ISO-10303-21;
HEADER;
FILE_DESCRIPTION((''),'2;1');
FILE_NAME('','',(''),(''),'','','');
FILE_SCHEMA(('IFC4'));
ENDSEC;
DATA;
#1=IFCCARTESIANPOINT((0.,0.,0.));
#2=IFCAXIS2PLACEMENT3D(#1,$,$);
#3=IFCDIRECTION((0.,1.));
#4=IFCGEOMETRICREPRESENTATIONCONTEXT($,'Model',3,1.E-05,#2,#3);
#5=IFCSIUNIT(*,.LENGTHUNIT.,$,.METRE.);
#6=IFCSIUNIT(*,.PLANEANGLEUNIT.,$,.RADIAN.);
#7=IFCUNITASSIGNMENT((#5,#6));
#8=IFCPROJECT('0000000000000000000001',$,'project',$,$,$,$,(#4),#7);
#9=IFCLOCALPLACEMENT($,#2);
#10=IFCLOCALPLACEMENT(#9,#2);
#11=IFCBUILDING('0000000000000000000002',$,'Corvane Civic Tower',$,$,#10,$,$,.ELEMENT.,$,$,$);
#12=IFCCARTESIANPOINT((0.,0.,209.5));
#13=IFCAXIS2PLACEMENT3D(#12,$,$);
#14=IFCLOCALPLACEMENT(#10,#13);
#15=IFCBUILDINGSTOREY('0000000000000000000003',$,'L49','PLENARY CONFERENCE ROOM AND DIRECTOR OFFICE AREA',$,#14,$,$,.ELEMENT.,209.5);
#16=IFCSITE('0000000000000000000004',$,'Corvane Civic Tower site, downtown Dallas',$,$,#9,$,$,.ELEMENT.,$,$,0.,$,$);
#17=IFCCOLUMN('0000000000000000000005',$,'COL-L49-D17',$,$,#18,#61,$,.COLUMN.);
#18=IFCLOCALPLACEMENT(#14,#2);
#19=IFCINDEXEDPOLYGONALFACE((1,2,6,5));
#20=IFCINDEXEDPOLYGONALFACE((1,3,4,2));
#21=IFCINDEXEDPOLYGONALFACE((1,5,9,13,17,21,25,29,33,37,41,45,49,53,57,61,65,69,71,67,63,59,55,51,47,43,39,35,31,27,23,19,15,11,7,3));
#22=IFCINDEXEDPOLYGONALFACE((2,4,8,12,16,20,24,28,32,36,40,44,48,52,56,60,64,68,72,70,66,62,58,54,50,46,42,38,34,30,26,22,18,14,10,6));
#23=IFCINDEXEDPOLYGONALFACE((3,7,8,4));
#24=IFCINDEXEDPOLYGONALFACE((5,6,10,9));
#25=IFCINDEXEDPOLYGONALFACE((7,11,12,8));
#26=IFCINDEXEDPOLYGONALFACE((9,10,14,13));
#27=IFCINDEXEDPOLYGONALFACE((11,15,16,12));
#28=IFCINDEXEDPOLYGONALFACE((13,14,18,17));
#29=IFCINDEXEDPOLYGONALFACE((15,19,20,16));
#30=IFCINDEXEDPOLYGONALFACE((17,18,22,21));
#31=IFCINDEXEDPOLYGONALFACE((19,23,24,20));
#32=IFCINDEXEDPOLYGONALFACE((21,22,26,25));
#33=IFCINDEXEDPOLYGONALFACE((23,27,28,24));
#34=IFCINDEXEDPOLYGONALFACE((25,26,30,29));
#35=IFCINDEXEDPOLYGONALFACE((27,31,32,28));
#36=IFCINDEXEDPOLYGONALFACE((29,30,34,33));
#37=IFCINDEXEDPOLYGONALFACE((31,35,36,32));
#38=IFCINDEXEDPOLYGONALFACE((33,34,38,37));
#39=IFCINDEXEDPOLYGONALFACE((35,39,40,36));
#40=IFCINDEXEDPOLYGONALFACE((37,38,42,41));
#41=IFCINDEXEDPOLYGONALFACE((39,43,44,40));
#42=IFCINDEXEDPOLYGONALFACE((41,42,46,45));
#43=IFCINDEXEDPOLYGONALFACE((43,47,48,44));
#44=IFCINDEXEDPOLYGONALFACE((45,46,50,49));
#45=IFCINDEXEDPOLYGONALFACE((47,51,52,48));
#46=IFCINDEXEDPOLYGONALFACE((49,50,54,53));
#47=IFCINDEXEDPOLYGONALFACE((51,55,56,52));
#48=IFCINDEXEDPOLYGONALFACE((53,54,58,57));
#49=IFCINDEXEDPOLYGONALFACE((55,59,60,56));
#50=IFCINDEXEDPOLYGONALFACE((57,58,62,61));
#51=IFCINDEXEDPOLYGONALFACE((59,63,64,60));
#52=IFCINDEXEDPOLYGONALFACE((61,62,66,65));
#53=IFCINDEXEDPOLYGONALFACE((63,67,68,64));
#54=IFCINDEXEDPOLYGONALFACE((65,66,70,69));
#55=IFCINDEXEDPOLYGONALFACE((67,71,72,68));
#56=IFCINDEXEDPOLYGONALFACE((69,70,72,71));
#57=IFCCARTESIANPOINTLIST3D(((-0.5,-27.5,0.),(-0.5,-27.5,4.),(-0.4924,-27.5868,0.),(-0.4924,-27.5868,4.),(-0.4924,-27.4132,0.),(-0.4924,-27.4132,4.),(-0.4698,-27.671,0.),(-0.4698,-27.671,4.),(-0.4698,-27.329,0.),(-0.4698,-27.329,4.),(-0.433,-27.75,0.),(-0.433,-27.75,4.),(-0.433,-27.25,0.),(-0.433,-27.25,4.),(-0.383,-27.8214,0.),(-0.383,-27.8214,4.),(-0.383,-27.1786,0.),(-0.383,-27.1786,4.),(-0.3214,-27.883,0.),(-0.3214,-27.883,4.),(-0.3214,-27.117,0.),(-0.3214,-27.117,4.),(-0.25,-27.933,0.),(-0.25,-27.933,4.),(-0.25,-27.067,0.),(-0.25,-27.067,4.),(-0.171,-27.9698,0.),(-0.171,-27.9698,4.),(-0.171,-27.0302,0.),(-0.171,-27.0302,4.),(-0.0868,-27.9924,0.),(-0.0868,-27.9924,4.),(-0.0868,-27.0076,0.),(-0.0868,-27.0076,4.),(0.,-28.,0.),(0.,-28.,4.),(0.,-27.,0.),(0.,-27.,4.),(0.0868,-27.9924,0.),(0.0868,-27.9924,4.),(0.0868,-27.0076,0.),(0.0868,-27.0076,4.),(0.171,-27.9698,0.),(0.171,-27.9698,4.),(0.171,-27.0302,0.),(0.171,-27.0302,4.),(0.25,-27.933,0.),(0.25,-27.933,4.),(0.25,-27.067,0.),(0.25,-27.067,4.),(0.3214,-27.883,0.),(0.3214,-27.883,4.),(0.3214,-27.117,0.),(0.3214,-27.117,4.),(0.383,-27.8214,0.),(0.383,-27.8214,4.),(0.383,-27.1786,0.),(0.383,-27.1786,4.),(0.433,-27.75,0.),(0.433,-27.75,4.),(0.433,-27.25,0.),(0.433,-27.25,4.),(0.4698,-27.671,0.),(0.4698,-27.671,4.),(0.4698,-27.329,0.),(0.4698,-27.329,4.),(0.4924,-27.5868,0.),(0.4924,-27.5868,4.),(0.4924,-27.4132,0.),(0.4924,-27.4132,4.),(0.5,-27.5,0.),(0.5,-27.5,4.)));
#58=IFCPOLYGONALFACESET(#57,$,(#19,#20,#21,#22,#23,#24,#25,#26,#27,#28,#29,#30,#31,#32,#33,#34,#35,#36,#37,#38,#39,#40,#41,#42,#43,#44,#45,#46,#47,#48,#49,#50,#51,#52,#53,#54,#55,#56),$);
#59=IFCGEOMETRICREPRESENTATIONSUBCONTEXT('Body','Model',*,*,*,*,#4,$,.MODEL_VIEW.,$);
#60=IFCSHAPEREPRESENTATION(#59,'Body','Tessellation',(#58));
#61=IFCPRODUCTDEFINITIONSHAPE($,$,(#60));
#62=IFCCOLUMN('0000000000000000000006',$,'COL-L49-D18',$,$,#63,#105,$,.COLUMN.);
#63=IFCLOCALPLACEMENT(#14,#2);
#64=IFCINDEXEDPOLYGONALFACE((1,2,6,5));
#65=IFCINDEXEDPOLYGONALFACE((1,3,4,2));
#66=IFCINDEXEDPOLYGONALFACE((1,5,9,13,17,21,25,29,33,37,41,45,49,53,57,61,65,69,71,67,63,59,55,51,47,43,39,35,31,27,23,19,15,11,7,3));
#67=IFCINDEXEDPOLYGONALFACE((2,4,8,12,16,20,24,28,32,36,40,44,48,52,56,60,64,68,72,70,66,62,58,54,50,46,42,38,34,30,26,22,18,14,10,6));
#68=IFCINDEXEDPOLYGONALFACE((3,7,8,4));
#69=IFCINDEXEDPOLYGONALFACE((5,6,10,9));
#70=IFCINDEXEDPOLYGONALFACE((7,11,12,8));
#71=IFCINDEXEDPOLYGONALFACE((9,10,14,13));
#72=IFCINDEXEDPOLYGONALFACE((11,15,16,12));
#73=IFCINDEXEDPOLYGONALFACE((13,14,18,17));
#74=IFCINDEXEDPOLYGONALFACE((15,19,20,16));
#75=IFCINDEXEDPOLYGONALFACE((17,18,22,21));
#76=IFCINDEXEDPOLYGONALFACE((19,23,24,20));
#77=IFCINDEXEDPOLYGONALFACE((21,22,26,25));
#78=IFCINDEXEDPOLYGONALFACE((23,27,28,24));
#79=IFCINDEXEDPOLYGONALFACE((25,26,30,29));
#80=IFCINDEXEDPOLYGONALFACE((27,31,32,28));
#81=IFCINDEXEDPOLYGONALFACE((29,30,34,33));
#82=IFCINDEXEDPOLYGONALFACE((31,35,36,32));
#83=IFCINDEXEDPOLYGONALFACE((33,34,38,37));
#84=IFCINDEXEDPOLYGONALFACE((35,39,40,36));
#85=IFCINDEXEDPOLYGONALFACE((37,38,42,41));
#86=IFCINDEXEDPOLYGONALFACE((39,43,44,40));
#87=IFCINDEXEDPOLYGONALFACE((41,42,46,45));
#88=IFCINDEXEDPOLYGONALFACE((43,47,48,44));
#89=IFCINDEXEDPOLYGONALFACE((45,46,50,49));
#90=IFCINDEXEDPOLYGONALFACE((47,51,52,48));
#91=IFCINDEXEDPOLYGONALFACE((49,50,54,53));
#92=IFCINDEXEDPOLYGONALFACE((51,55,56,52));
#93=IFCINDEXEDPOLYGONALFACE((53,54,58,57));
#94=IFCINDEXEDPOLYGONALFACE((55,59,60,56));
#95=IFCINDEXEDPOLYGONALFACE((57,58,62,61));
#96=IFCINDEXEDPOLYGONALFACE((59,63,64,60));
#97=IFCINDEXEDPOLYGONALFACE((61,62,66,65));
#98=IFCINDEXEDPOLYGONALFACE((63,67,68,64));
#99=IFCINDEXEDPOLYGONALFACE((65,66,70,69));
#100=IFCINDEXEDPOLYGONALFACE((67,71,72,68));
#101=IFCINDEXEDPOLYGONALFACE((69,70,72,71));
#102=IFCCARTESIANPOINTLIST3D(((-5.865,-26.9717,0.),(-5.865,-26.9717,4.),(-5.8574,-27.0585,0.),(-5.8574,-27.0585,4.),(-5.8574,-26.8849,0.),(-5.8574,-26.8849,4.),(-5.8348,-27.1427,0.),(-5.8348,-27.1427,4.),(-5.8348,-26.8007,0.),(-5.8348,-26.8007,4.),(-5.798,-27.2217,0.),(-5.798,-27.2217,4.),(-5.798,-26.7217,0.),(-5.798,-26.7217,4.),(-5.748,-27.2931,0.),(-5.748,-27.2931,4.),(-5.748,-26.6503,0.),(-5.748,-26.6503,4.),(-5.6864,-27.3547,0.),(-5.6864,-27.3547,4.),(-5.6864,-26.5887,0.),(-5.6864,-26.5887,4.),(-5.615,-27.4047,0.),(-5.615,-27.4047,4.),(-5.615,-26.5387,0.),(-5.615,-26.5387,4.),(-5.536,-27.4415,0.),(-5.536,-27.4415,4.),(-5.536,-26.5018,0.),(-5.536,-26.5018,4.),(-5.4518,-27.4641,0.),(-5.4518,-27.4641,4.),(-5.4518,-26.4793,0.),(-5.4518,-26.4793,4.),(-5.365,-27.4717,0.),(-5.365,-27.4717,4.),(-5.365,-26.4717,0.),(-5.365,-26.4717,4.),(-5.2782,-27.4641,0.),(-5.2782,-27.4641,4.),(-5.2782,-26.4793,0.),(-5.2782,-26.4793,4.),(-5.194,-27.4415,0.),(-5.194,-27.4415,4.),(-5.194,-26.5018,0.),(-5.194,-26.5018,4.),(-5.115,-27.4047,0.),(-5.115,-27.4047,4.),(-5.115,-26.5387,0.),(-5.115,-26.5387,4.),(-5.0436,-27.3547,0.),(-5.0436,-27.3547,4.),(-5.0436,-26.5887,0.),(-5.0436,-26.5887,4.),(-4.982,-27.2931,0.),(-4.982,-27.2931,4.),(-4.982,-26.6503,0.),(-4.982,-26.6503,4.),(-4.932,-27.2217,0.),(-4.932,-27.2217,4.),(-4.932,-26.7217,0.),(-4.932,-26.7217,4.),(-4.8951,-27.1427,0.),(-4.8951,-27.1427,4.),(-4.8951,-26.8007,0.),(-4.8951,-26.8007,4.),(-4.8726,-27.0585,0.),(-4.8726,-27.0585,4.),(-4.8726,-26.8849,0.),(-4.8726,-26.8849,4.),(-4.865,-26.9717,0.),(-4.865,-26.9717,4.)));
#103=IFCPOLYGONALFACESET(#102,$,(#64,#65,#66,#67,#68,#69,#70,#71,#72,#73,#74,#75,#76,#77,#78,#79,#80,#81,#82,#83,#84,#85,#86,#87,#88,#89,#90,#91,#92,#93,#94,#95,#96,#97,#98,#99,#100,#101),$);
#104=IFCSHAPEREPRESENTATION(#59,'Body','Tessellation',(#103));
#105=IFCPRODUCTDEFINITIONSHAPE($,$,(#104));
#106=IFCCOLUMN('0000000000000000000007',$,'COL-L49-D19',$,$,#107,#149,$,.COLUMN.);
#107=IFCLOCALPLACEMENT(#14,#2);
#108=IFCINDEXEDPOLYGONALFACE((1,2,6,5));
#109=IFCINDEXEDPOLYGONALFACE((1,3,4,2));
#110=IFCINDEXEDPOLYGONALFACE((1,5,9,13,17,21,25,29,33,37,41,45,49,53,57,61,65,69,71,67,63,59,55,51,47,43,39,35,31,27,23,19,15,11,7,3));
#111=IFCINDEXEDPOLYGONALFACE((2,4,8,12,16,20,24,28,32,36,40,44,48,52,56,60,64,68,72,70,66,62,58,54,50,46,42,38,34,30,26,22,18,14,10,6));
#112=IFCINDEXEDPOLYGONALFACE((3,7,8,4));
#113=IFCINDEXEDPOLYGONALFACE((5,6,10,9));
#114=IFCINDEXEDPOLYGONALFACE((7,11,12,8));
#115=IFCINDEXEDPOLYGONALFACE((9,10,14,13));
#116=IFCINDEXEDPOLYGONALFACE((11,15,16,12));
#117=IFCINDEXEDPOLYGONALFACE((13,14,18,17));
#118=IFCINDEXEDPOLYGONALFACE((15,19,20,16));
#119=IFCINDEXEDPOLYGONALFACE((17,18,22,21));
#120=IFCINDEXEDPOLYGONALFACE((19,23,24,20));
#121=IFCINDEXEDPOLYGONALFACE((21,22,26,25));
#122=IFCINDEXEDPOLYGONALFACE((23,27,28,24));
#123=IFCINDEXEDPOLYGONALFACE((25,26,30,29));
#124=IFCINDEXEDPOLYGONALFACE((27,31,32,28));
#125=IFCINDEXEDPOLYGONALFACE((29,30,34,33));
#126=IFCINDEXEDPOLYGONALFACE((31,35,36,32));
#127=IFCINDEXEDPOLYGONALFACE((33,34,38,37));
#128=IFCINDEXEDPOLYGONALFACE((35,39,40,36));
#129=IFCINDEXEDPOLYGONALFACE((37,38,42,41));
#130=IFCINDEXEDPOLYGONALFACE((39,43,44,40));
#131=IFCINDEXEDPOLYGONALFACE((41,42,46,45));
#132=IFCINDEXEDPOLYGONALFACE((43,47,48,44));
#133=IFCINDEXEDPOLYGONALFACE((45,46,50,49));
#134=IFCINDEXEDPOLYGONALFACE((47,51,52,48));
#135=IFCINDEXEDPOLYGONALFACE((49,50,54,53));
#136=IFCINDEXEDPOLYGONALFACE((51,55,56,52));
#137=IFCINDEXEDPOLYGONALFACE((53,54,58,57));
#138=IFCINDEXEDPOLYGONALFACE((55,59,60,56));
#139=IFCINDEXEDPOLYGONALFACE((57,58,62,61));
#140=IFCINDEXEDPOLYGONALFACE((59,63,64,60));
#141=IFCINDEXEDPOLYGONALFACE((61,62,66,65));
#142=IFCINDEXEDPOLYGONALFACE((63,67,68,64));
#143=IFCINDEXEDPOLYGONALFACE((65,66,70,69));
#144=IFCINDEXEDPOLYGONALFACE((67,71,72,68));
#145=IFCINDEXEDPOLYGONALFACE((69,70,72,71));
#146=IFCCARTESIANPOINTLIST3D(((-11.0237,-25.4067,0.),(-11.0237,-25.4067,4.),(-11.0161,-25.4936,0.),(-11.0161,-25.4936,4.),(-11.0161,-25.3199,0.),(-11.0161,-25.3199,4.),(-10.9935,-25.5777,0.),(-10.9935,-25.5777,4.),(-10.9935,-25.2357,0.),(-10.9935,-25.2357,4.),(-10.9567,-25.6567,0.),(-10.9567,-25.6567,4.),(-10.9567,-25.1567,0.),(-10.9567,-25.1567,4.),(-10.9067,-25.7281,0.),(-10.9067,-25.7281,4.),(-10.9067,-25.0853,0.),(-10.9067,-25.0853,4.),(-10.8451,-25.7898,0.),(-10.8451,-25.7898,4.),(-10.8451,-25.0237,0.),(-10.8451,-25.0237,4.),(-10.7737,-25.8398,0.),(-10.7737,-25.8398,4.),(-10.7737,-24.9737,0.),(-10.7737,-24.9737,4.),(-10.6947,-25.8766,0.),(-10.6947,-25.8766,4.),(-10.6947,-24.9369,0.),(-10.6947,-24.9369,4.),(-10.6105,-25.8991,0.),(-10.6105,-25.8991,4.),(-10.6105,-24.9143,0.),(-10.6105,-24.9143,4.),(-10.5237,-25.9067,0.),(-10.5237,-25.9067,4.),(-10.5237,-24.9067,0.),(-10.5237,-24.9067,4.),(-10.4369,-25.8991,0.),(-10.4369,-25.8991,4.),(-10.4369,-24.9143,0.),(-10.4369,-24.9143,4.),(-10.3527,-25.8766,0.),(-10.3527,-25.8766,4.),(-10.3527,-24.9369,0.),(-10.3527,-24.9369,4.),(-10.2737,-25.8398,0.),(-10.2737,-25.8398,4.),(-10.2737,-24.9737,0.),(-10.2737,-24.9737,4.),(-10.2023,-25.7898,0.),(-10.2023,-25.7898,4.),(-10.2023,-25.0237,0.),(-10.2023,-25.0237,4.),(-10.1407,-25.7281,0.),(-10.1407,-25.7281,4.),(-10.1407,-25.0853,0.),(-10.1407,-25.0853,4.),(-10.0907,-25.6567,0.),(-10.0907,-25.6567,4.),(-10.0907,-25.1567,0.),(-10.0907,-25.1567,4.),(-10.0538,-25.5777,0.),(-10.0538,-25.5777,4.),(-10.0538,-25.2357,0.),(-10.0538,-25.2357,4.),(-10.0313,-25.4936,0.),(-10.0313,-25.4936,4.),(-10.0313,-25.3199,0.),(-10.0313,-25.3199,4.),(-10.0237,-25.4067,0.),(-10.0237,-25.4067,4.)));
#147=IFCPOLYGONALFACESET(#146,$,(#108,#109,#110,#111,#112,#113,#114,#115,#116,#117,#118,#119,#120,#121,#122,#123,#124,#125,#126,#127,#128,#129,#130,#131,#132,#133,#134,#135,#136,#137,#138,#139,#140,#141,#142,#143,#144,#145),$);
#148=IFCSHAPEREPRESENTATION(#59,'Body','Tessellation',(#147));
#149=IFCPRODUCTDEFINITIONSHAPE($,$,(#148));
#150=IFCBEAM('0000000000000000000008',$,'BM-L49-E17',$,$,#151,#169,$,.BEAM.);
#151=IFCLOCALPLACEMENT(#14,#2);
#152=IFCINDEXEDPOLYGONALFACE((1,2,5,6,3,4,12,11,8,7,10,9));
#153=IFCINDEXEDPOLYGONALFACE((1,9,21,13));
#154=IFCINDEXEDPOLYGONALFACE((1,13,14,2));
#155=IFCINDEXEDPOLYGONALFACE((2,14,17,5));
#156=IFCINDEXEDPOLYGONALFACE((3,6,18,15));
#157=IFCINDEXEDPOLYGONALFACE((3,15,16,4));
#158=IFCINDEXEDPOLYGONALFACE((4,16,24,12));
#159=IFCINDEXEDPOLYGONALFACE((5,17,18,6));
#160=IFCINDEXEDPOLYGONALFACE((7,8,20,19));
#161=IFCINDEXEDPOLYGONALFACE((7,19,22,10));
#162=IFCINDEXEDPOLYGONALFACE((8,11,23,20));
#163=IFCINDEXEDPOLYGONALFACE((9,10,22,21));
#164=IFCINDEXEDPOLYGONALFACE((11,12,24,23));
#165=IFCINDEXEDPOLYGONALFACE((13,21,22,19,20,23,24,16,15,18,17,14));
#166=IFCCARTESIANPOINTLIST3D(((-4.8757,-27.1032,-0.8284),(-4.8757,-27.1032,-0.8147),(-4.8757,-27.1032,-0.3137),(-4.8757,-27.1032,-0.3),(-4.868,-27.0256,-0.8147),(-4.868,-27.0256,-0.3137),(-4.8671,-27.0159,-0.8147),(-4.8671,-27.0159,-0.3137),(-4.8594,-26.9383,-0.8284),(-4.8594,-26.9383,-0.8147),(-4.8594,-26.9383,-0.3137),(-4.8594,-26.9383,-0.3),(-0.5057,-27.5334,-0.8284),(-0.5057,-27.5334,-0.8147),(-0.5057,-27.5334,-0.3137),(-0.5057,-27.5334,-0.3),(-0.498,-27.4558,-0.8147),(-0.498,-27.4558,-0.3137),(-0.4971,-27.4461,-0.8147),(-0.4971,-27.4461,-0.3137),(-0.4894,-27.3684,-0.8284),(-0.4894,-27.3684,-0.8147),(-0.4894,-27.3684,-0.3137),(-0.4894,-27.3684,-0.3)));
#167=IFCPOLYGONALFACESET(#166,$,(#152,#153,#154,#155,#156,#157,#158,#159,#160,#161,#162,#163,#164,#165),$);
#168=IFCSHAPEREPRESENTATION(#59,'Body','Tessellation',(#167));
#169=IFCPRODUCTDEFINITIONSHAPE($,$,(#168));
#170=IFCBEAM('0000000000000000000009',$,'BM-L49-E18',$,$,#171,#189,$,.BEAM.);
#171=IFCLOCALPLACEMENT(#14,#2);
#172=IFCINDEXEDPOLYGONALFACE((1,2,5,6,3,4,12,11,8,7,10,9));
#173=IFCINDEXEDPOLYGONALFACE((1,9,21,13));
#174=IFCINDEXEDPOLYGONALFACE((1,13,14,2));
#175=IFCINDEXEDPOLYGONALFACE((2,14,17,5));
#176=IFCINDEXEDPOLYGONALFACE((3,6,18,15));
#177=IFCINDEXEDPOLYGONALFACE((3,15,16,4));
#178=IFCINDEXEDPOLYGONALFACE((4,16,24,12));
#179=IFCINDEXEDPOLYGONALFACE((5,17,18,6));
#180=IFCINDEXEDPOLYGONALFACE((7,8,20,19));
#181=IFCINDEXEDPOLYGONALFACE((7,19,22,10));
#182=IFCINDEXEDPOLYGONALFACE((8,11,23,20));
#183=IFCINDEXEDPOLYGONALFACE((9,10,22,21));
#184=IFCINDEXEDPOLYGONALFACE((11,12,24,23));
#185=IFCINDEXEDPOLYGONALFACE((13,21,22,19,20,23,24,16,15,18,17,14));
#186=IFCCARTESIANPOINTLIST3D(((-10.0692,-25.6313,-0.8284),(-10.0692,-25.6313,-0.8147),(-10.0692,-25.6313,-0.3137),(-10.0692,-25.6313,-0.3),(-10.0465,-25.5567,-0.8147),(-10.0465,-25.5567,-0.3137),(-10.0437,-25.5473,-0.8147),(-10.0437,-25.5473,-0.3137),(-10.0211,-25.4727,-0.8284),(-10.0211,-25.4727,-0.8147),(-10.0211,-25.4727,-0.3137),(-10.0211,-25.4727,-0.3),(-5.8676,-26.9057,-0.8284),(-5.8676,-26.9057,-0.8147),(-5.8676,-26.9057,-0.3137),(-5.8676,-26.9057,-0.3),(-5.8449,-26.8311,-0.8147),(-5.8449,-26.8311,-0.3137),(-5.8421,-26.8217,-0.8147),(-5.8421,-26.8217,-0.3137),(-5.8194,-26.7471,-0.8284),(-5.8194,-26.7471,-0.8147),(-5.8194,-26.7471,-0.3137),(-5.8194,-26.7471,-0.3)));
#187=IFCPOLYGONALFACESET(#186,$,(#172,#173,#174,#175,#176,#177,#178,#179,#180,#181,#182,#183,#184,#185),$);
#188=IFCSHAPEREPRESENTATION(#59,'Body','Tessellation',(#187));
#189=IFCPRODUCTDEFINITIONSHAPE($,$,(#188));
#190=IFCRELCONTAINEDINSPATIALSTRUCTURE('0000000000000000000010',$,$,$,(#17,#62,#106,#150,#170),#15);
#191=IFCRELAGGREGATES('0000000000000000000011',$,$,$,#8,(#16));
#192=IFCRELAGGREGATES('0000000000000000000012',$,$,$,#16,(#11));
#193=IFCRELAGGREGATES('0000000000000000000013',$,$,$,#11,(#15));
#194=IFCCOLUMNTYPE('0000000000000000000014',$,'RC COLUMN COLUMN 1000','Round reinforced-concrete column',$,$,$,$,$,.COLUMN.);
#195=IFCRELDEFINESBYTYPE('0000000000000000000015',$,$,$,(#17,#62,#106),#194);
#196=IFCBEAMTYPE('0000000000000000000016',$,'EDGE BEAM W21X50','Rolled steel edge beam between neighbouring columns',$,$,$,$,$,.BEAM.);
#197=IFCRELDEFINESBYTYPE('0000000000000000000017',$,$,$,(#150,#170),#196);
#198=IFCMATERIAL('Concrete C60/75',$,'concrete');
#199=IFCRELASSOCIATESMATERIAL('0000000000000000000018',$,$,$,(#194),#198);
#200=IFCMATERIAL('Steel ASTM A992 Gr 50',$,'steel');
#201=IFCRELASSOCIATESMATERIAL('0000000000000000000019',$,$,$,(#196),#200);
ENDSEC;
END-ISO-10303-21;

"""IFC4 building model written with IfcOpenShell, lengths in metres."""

from ifc_helpers import new_model, si_unit, direction, frame, origin, origin_2d, place, context, subcontext, project, spatial, circle, i_section, extrude, material, material_profile, profile_set, type_object, element, save


model = new_model("IFC4")

# Units and contexts
model_context = context("Model", 3, precision=1e-05, world=origin(), true_north=direction((0.0, 1.0)))
body_context = subcontext(model_context, "Body", "Model", "MODEL_VIEW")
ifc_project = project(units=[si_unit("LENGTHUNIT", "METRE"), si_unit("PLANEANGLEUNIT", "RADIAN")], contexts=[model_context])

# Site, building, storey
site_placement = place(None, origin())
site = spatial("IfcSite", under=ifc_project, at=site_placement, Name="Corvane Civic Tower site, downtown Dallas", CompositionType="ELEMENT", RefElevation=0.0)
building_placement = place(site_placement, origin())
building = spatial("IfcBuilding", under=site, at=building_placement, Name="Corvane Civic Tower", CompositionType="ELEMENT")
storey_placement = place(building_placement, frame((0.0, 0.0, 209.5)))
storey = spatial("IfcBuildingStorey", under=building, at=storey_placement, Name="L49", Description="PLENARY CONFERENCE ROOM AND DIRECTOR OFFICE AREA", CompositionType="ELEMENT", Elevation=209.5)

# Columns
ifc_material_1 = material(Name="Concrete C60/75", Category="concrete")
ifc_material_profile_1 = material_profile(ifc_material_1, circle(Radius=0.5, at=origin_2d()), Name="COLUMN 1000")
ifc_profile_set_1 = profile_set([ifc_material_profile_1], Name="Concrete C60/75")
column_type = type_object("IfcColumnType", Name="RC COLUMN COLUMN 1000", Description="Round reinforced-concrete column", PredefinedType="COLUMN", material=ifc_profile_set_1)
for number, where, z_axis, x_axis, name in (
    (1, (0.0, -27.5, 0.0), (0.0, 0.0, 1.0), (1.0, 0.0, 0.0), "COL-L49-D17"),
    (2, (-5.365, -26.9717, 0.0), (0.0, 0.0, 1.0), (1.0, 0.0, 0.0), "COL-L49-D18"),
    (3, (-10.5237, -25.4067, 0.0), (0.0, 0.0, 1.0), (1.0, 0.0, 0.0), "COL-L49-D19"),
):
    element("IfcColumn", number, at=place(storey_placement, frame(where, z_axis=z_axis, x_axis=x_axis)), inside=storey, type_object=column_type, Name=name, PredefinedType="COLUMN", context=body_context, shape_type="SweptSolid", body=[
        extrude(circle(Radius=0.5, at=origin_2d()), origin(), (0.0, 0.0, 1.0), 4.0),
    ])

# Beams
ifc_material_2 = material(Name="Steel ASTM A992 Gr 50", Category="steel")
ifc_material_profile_2 = material_profile(ifc_material_2, i_section(OverallWidth=0.1658, OverallDepth=0.5283, WebThickness=0.0098, FlangeThickness=0.0137, at=origin_2d()), Name="W21X50")
ifc_profile_set_2 = profile_set([ifc_material_profile_2], Name="Steel ASTM A992 Gr 50")
beam_type_1 = type_object("IfcBeamType", Name="EDGE BEAM W21X50", Description="Rolled steel edge beam between neighbouring columns", PredefinedType="BEAM", material=ifc_profile_set_2)
beam_1_placement = place(storey_placement, frame((-0.4976, -27.4509, -0.5642), z_axis=(-0.99519, 0.097968, 0.0), x_axis=(-0.097968, -0.99519, 0.0)))
element("IfcBeam", 4, at=beam_1_placement, inside=storey, type_object=beam_type_1, Name="BM-L49-E17", PredefinedType="BEAM", context=body_context, shape_type="SweptSolid", body=[
    extrude(i_section(OverallWidth=0.1658, OverallDepth=0.5283, WebThickness=0.0098, FlangeThickness=0.0137, at=origin_2d()), origin(), (0.0, 0.0, 1.0), 4.3911),
])
beam_2_placement = place(storey_placement, frame((-5.8435, -26.8264, -0.5642), z_axis=(-0.95695, 0.290254, 0.0), x_axis=(-0.290254, -0.95695, 0.0)))
element("IfcBeam", 5, at=beam_2_placement, inside=storey, type_object=beam_type_1, Name="BM-L49-E18", PredefinedType="BEAM", context=body_context, shape_type="SweptSolid", body=[
    extrude(i_section(OverallWidth=0.1658, OverallDepth=0.5283, WebThickness=0.0098, FlangeThickness=0.0137, at=origin_2d()), origin(), (0.0, 0.0, 1.0), 4.3906),
])

save(model, "model.ifc")
